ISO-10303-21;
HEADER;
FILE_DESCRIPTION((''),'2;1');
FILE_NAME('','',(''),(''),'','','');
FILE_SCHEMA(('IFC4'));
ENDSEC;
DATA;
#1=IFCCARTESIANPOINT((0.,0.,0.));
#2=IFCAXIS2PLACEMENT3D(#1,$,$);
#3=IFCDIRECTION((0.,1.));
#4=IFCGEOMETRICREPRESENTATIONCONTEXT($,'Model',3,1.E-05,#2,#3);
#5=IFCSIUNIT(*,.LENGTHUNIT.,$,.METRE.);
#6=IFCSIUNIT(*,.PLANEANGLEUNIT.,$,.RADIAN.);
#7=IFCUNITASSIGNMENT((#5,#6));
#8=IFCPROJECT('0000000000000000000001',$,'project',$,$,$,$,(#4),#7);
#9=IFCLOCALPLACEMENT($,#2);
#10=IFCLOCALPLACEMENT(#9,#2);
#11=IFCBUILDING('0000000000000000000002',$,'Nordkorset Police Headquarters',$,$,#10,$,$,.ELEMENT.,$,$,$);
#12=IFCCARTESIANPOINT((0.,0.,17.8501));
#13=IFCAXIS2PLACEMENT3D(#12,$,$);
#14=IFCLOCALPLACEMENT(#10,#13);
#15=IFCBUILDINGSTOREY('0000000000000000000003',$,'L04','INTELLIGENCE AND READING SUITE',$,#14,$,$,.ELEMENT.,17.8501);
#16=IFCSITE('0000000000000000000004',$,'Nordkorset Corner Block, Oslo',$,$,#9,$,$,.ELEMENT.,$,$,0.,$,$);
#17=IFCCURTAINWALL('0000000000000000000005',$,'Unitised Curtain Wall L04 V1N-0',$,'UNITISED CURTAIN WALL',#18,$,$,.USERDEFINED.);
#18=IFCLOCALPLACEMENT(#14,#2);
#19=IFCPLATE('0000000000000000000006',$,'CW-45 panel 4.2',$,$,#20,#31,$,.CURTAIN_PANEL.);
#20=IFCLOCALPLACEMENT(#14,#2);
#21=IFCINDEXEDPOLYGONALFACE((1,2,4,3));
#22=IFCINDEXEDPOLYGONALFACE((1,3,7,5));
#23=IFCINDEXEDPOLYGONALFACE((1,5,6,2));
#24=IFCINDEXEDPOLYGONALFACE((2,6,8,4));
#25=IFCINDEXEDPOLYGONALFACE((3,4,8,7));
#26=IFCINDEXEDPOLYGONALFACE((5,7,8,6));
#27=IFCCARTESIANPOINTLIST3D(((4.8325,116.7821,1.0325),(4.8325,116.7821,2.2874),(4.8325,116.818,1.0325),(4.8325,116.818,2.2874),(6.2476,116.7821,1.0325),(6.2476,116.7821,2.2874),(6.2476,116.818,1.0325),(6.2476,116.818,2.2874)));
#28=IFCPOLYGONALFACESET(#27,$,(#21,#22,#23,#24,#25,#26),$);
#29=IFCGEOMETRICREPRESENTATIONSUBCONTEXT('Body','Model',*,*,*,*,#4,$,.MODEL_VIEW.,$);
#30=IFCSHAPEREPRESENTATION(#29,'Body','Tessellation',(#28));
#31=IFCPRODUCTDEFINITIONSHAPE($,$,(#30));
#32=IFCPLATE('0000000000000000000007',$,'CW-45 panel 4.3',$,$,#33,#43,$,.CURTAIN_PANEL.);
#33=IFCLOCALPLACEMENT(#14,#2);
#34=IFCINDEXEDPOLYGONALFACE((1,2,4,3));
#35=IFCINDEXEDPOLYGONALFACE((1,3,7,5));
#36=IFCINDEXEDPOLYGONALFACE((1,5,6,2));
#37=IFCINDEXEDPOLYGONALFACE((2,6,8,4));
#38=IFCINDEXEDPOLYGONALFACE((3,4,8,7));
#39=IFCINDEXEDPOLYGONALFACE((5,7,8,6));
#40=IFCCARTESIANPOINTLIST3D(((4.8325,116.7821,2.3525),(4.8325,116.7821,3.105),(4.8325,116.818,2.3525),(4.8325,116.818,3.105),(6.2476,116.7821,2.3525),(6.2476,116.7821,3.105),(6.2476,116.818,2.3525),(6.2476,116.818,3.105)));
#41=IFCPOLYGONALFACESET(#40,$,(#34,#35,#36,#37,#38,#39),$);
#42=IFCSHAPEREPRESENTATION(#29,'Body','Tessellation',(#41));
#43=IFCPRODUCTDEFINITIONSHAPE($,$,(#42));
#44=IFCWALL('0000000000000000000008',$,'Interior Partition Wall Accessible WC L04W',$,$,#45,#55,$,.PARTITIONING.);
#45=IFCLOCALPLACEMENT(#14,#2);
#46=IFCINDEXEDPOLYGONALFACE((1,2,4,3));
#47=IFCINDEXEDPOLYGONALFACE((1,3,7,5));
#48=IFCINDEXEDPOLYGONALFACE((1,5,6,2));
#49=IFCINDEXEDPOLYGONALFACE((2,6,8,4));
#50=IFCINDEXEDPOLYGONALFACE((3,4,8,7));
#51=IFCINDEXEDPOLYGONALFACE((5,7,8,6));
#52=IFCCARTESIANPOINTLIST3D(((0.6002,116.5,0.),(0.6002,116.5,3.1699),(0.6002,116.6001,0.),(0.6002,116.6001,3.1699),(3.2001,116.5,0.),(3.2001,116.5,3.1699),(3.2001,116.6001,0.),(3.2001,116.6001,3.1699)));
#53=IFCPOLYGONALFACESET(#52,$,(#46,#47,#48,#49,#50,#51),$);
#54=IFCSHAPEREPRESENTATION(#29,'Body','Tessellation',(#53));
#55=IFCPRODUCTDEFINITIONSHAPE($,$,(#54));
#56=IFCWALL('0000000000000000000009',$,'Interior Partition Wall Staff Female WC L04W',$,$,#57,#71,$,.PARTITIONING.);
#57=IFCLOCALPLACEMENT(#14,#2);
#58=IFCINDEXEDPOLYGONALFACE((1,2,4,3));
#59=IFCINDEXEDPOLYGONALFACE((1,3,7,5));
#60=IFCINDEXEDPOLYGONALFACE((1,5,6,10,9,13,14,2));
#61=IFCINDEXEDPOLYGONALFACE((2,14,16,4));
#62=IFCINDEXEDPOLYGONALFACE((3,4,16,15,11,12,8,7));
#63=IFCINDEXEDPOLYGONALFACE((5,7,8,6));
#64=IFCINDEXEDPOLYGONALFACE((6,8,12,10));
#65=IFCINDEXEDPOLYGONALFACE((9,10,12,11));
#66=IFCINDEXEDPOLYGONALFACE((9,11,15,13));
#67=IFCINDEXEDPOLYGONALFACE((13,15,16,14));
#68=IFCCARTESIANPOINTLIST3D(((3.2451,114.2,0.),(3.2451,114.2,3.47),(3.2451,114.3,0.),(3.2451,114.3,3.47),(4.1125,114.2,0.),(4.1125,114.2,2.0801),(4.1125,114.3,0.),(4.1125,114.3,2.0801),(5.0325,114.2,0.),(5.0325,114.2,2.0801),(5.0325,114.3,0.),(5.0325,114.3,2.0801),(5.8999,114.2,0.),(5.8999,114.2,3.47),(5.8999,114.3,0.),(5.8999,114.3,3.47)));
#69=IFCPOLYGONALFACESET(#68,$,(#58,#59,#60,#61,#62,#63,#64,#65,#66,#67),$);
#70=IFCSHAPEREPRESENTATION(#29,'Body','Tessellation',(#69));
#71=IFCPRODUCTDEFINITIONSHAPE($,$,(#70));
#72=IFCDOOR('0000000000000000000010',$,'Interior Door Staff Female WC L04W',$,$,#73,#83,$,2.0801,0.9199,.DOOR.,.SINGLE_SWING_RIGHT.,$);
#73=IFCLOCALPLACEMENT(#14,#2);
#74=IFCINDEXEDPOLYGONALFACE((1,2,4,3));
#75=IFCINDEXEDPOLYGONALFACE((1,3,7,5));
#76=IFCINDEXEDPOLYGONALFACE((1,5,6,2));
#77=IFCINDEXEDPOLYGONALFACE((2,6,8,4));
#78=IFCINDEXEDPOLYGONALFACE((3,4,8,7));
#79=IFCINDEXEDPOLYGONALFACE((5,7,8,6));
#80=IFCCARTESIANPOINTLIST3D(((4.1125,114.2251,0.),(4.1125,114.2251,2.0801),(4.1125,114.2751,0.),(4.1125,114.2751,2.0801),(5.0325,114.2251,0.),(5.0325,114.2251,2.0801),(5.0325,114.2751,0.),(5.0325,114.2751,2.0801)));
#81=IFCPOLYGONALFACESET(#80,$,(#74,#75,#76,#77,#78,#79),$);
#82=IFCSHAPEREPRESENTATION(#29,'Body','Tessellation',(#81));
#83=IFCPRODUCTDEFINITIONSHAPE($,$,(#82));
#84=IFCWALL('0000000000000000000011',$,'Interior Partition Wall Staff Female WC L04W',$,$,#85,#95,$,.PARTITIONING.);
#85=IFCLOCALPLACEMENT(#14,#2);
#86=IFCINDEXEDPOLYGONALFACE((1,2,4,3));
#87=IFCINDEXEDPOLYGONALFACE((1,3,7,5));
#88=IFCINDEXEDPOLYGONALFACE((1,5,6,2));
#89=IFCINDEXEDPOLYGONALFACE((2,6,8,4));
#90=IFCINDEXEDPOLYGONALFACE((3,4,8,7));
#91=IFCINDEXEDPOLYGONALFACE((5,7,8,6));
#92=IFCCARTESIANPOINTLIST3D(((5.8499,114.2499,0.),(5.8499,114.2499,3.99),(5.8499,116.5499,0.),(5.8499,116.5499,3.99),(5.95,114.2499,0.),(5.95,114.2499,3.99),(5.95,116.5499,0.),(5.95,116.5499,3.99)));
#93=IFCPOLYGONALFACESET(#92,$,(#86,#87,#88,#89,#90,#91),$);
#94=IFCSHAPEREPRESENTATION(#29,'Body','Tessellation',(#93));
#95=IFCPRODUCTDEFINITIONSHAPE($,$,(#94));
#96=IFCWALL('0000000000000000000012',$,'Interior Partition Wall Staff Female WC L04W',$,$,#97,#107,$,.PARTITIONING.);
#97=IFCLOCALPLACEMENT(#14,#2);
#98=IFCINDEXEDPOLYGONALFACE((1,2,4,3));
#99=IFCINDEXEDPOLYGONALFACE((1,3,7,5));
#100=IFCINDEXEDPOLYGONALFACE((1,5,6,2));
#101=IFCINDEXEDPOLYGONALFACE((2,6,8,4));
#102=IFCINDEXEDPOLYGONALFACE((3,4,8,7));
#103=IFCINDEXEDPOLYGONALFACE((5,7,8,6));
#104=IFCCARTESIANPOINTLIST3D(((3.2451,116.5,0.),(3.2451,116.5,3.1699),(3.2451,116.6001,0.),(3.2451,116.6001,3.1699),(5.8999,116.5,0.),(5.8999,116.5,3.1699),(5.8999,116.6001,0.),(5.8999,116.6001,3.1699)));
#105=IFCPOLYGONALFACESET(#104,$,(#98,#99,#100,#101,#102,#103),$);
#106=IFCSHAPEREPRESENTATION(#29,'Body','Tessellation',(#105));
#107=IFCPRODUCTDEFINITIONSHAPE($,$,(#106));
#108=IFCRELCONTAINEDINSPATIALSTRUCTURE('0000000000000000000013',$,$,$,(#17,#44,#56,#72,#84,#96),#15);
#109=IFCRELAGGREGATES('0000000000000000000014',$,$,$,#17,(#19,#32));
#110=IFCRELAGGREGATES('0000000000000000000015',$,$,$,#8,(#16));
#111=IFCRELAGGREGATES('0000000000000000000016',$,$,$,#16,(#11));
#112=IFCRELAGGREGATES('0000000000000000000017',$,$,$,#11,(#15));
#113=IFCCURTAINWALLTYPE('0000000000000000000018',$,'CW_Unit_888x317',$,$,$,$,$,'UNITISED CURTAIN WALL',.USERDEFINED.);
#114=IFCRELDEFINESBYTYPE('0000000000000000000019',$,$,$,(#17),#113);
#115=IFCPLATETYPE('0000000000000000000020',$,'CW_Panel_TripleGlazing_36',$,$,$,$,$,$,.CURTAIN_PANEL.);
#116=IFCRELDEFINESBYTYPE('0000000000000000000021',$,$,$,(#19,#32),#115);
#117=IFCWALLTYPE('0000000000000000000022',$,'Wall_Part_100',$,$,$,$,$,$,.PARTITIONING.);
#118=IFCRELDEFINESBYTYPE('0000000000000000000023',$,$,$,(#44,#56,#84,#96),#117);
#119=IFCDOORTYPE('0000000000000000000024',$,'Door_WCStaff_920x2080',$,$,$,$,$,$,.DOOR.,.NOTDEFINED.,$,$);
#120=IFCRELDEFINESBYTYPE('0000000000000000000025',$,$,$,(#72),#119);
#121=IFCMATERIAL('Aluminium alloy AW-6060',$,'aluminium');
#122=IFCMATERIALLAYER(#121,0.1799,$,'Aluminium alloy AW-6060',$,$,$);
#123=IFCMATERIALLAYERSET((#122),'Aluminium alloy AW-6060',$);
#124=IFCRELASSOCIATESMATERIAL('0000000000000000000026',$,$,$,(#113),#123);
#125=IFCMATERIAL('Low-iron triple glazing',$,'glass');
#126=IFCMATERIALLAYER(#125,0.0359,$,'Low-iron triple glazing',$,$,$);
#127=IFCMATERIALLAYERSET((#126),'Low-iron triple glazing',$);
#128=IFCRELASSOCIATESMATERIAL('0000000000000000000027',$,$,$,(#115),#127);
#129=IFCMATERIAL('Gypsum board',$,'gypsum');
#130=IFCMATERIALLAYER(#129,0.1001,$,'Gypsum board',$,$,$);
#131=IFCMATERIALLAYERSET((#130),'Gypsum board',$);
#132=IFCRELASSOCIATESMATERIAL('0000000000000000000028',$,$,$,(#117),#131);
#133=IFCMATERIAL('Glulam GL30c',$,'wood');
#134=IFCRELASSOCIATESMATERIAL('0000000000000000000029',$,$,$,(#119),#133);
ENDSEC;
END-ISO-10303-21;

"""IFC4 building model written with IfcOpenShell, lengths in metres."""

from ifc_helpers import new_model, si_unit, direction, frame, frame_2d, origin, origin_2d, place, context, subcontext, project, spatial, rectangle, extrude, material, layer, layer_set, type_object, element, fill, aggregate, save


model = new_model("IFC4")

# Units and contexts
model_context = context("Model", 3, precision=1e-05, world=origin(), true_north=direction((0.0, 1.0)))
body_context = subcontext(model_context, "Body", "Model", "MODEL_VIEW")
ifc_project = project(units=[si_unit("LENGTHUNIT", "METRE"), si_unit("PLANEANGLEUNIT", "RADIAN")], contexts=[model_context])

# Site, building, storey
site_placement = place(None, origin())
site = spatial("IfcSite", under=ifc_project, at=site_placement, Name="Nordkorset Corner Block, Oslo", CompositionType="ELEMENT", RefElevation=0.0)
building_placement = place(site_placement, origin())
building = spatial("IfcBuilding", under=site, at=building_placement, Name="Nordkorset Police Headquarters", CompositionType="ELEMENT")
storey_placement = place(building_placement, frame((0.0, 0.0, 17.8501)))
storey = spatial("IfcBuildingStorey", under=building, at=storey_placement, Name="L04", Description="INTELLIGENCE AND READING SUITE", CompositionType="ELEMENT", Elevation=17.8501)

# Curtain wall, plates
ifc_material_1 = material(Name="Aluminium alloy AW-6060", Category="aluminium")
ifc_layer_1 = layer(ifc_material_1, 0.1799, Name="Aluminium alloy AW-6060")
ifc_layer_set_1 = layer_set([ifc_layer_1], Name="Aluminium alloy AW-6060")
curtain_wall_type = type_object("IfcCurtainWallType", Name="CW_Unit_888x317", ElementType="UNITISED CURTAIN WALL", PredefinedType="USERDEFINED", material=ifc_layer_set_1)
curtain_wall_placement = place(storey_placement, origin())
curtain_wall = element("IfcCurtainWall", 1, at=curtain_wall_placement, inside=storey, type_object=curtain_wall_type, Name="Unitised Curtain Wall L04 V1N-0", ObjectType="UNITISED CURTAIN WALL", PredefinedType="USERDEFINED")
ifc_material_2 = material(Name="Low-iron triple glazing", Category="glass")
ifc_layer_2 = layer(ifc_material_2, 0.0359, Name="Low-iron triple glazing")
ifc_layer_set_2 = layer_set([ifc_layer_2], Name="Low-iron triple glazing")
plate_type = type_object("IfcPlateType", Name="CW_Panel_TripleGlazing_36", PredefinedType="CURTAIN_PANEL", material=ifc_layer_set_2)
plate_1_placement = place(storey_placement, frame((5.54, 116.8, 1.0325), z_axis=(0.0, 0.0, 1.0), x_axis=(1.0, 0.0, 0.0)))
plate_1 = element("IfcPlate", 2, at=plate_1_placement, type_object=plate_type, Name="CW-45 panel 4.2", PredefinedType="CURTAIN_PANEL", context=body_context, shape_type="SweptSolid", body=[
    extrude(rectangle(XDim=1.415, YDim=0.0359, at=origin_2d()), origin(), (0.0, 0.0, 1.0), 1.2549),
])
plate_2_placement = place(storey_placement, frame((5.54, 116.8, 2.3525), z_axis=(0.0, 0.0, 1.0), x_axis=(1.0, 0.0, 0.0)))
plate_2 = element("IfcPlate", 3, at=plate_2_placement, type_object=plate_type, Name="CW-45 panel 4.3", PredefinedType="CURTAIN_PANEL", context=body_context, shape_type="SweptSolid", body=[
    extrude(rectangle(XDim=1.415, YDim=0.0359, at=origin_2d()), origin(), (0.0, 0.0, 1.0), 0.7524),
])
aggregate(curtain_wall, [plate_1, plate_2])

# Wall
ifc_material_3 = material(Name="Gypsum board", Category="gypsum")
ifc_layer_3 = layer(ifc_material_3, 0.1001, Name="Gypsum board")
ifc_layer_set_3 = layer_set([ifc_layer_3], Name="Gypsum board")
wall_type = type_object("IfcWallType", Name="Wall_Part_100", PredefinedType="PARTITIONING", material=ifc_layer_set_3)
wall_1_placement = place(storey_placement, frame((3.2, 116.55, 0.0), z_axis=(0.0, 0.0, 1.0), x_axis=(-1.0, 0.0, 0.0)))
element("IfcWall", 4, at=wall_1_placement, inside=storey, type_object=wall_type, Name="Interior Partition Wall Accessible WC L04W", PredefinedType="PARTITIONING", context=body_context, shape_type="SweptSolid", body=[
    extrude(rectangle(XDim=2.5999, YDim=0.1001, at=frame_2d((1.2998, 0.0))), origin(), (0.0, 0.0, 1.0), 3.1699),
])

# Wall, opening, door
wall_2_placement = place(storey_placement, frame((3.2451, 114.25, 0.0), z_axis=(0.0, 0.0, 1.0), x_axis=(1.0, 0.0, 0.0)))
wall_2 = element("IfcWall", 5, at=wall_2_placement, inside=storey, type_object=wall_type, Name="Interior Partition Wall Staff Female WC L04W", PredefinedType="PARTITIONING", context=body_context, shape_type="SweptSolid", body=[
    extrude(rectangle(XDim=2.6548, YDim=0.1001, at=frame_2d((1.3274, 0.0))), origin(), (0.0, 0.0, 1.0), 3.47),
])
opening_placement = place(wall_2_placement, frame((0.8674, 0.0, 0.0)))
opening = element("IfcOpeningElement", 6, at=opening_placement, cuts=wall_2, PredefinedType="OPENING", context=body_context, shape_type="SweptSolid", body=[
    extrude(rectangle(XDim=0.9199, YDim=2.0801, at=frame_2d((0.46, 1.04))), frame((0.0, 0.0601, 0.0), z_axis=(0.0, -1.0, 0.0), x_axis=(1.0, 0.0, 0.0)), (0.0, 0.0, 1.0), 0.1201),
])
ifc_material_4 = material(Name="Glulam GL30c", Category="wood")
door_type = type_object("IfcDoorType", Name="Door_WCStaff_920x2080", OperationType="NOTDEFINED", PredefinedType="DOOR", material=ifc_material_4)
door_placement = place(opening_placement, frame((0.9199, 0.0, 0.0), z_axis=(0.0, 0.0, 1.0), x_axis=(-1.0, 0.0, 0.0)))
door = element("IfcDoor", 7, at=door_placement, inside=storey, type_object=door_type, Name="Interior Door Staff Female WC L04W", OperationType="SINGLE_SWING_RIGHT", OverallHeight=2.0801, OverallWidth=0.9199, PredefinedType="DOOR", context=body_context, shape_type="SweptSolid", body=[
    extrude(rectangle(XDim=0.9199, YDim=2.0801, at=frame_2d((0.46, 1.04))), frame((0.0, 0.0249, 0.0), z_axis=(0.0, -1.0, 0.0), x_axis=(1.0, 0.0, 0.0)), (0.0, 0.0, 1.0), 0.05),
])
fill(opening, door)

# Walls
wall_3_placement = place(storey_placement, frame((5.8999, 114.25, 0.0), z_axis=(0.0, 0.0, 1.0), x_axis=(0.0, 1.0, 0.0)))
element("IfcWall", 8, at=wall_3_placement, inside=storey, type_object=wall_type, Name="Interior Partition Wall Staff Female WC L04W", PredefinedType="PARTITIONING", context=body_context, shape_type="SweptSolid", body=[
    extrude(rectangle(XDim=2.3, YDim=0.1001, at=frame_2d((1.1499, 0.0))), origin(), (0.0, 0.0, 1.0), 3.99),
])
wall_4_placement = place(storey_placement, frame((5.8999, 116.55, 0.0), z_axis=(0.0, 0.0, 1.0), x_axis=(-1.0, 0.0, 0.0)))
element("IfcWall", 9, at=wall_4_placement, inside=storey, type_object=wall_type, Name="Interior Partition Wall Staff Female WC L04W", PredefinedType="PARTITIONING", context=body_context, shape_type="SweptSolid", body=[
    extrude(rectangle(XDim=2.6548, YDim=0.1001, at=frame_2d((1.3274, 0.0))), origin(), (0.0, 0.0, 1.0), 3.1699),
])

save(model, "model.ifc")
